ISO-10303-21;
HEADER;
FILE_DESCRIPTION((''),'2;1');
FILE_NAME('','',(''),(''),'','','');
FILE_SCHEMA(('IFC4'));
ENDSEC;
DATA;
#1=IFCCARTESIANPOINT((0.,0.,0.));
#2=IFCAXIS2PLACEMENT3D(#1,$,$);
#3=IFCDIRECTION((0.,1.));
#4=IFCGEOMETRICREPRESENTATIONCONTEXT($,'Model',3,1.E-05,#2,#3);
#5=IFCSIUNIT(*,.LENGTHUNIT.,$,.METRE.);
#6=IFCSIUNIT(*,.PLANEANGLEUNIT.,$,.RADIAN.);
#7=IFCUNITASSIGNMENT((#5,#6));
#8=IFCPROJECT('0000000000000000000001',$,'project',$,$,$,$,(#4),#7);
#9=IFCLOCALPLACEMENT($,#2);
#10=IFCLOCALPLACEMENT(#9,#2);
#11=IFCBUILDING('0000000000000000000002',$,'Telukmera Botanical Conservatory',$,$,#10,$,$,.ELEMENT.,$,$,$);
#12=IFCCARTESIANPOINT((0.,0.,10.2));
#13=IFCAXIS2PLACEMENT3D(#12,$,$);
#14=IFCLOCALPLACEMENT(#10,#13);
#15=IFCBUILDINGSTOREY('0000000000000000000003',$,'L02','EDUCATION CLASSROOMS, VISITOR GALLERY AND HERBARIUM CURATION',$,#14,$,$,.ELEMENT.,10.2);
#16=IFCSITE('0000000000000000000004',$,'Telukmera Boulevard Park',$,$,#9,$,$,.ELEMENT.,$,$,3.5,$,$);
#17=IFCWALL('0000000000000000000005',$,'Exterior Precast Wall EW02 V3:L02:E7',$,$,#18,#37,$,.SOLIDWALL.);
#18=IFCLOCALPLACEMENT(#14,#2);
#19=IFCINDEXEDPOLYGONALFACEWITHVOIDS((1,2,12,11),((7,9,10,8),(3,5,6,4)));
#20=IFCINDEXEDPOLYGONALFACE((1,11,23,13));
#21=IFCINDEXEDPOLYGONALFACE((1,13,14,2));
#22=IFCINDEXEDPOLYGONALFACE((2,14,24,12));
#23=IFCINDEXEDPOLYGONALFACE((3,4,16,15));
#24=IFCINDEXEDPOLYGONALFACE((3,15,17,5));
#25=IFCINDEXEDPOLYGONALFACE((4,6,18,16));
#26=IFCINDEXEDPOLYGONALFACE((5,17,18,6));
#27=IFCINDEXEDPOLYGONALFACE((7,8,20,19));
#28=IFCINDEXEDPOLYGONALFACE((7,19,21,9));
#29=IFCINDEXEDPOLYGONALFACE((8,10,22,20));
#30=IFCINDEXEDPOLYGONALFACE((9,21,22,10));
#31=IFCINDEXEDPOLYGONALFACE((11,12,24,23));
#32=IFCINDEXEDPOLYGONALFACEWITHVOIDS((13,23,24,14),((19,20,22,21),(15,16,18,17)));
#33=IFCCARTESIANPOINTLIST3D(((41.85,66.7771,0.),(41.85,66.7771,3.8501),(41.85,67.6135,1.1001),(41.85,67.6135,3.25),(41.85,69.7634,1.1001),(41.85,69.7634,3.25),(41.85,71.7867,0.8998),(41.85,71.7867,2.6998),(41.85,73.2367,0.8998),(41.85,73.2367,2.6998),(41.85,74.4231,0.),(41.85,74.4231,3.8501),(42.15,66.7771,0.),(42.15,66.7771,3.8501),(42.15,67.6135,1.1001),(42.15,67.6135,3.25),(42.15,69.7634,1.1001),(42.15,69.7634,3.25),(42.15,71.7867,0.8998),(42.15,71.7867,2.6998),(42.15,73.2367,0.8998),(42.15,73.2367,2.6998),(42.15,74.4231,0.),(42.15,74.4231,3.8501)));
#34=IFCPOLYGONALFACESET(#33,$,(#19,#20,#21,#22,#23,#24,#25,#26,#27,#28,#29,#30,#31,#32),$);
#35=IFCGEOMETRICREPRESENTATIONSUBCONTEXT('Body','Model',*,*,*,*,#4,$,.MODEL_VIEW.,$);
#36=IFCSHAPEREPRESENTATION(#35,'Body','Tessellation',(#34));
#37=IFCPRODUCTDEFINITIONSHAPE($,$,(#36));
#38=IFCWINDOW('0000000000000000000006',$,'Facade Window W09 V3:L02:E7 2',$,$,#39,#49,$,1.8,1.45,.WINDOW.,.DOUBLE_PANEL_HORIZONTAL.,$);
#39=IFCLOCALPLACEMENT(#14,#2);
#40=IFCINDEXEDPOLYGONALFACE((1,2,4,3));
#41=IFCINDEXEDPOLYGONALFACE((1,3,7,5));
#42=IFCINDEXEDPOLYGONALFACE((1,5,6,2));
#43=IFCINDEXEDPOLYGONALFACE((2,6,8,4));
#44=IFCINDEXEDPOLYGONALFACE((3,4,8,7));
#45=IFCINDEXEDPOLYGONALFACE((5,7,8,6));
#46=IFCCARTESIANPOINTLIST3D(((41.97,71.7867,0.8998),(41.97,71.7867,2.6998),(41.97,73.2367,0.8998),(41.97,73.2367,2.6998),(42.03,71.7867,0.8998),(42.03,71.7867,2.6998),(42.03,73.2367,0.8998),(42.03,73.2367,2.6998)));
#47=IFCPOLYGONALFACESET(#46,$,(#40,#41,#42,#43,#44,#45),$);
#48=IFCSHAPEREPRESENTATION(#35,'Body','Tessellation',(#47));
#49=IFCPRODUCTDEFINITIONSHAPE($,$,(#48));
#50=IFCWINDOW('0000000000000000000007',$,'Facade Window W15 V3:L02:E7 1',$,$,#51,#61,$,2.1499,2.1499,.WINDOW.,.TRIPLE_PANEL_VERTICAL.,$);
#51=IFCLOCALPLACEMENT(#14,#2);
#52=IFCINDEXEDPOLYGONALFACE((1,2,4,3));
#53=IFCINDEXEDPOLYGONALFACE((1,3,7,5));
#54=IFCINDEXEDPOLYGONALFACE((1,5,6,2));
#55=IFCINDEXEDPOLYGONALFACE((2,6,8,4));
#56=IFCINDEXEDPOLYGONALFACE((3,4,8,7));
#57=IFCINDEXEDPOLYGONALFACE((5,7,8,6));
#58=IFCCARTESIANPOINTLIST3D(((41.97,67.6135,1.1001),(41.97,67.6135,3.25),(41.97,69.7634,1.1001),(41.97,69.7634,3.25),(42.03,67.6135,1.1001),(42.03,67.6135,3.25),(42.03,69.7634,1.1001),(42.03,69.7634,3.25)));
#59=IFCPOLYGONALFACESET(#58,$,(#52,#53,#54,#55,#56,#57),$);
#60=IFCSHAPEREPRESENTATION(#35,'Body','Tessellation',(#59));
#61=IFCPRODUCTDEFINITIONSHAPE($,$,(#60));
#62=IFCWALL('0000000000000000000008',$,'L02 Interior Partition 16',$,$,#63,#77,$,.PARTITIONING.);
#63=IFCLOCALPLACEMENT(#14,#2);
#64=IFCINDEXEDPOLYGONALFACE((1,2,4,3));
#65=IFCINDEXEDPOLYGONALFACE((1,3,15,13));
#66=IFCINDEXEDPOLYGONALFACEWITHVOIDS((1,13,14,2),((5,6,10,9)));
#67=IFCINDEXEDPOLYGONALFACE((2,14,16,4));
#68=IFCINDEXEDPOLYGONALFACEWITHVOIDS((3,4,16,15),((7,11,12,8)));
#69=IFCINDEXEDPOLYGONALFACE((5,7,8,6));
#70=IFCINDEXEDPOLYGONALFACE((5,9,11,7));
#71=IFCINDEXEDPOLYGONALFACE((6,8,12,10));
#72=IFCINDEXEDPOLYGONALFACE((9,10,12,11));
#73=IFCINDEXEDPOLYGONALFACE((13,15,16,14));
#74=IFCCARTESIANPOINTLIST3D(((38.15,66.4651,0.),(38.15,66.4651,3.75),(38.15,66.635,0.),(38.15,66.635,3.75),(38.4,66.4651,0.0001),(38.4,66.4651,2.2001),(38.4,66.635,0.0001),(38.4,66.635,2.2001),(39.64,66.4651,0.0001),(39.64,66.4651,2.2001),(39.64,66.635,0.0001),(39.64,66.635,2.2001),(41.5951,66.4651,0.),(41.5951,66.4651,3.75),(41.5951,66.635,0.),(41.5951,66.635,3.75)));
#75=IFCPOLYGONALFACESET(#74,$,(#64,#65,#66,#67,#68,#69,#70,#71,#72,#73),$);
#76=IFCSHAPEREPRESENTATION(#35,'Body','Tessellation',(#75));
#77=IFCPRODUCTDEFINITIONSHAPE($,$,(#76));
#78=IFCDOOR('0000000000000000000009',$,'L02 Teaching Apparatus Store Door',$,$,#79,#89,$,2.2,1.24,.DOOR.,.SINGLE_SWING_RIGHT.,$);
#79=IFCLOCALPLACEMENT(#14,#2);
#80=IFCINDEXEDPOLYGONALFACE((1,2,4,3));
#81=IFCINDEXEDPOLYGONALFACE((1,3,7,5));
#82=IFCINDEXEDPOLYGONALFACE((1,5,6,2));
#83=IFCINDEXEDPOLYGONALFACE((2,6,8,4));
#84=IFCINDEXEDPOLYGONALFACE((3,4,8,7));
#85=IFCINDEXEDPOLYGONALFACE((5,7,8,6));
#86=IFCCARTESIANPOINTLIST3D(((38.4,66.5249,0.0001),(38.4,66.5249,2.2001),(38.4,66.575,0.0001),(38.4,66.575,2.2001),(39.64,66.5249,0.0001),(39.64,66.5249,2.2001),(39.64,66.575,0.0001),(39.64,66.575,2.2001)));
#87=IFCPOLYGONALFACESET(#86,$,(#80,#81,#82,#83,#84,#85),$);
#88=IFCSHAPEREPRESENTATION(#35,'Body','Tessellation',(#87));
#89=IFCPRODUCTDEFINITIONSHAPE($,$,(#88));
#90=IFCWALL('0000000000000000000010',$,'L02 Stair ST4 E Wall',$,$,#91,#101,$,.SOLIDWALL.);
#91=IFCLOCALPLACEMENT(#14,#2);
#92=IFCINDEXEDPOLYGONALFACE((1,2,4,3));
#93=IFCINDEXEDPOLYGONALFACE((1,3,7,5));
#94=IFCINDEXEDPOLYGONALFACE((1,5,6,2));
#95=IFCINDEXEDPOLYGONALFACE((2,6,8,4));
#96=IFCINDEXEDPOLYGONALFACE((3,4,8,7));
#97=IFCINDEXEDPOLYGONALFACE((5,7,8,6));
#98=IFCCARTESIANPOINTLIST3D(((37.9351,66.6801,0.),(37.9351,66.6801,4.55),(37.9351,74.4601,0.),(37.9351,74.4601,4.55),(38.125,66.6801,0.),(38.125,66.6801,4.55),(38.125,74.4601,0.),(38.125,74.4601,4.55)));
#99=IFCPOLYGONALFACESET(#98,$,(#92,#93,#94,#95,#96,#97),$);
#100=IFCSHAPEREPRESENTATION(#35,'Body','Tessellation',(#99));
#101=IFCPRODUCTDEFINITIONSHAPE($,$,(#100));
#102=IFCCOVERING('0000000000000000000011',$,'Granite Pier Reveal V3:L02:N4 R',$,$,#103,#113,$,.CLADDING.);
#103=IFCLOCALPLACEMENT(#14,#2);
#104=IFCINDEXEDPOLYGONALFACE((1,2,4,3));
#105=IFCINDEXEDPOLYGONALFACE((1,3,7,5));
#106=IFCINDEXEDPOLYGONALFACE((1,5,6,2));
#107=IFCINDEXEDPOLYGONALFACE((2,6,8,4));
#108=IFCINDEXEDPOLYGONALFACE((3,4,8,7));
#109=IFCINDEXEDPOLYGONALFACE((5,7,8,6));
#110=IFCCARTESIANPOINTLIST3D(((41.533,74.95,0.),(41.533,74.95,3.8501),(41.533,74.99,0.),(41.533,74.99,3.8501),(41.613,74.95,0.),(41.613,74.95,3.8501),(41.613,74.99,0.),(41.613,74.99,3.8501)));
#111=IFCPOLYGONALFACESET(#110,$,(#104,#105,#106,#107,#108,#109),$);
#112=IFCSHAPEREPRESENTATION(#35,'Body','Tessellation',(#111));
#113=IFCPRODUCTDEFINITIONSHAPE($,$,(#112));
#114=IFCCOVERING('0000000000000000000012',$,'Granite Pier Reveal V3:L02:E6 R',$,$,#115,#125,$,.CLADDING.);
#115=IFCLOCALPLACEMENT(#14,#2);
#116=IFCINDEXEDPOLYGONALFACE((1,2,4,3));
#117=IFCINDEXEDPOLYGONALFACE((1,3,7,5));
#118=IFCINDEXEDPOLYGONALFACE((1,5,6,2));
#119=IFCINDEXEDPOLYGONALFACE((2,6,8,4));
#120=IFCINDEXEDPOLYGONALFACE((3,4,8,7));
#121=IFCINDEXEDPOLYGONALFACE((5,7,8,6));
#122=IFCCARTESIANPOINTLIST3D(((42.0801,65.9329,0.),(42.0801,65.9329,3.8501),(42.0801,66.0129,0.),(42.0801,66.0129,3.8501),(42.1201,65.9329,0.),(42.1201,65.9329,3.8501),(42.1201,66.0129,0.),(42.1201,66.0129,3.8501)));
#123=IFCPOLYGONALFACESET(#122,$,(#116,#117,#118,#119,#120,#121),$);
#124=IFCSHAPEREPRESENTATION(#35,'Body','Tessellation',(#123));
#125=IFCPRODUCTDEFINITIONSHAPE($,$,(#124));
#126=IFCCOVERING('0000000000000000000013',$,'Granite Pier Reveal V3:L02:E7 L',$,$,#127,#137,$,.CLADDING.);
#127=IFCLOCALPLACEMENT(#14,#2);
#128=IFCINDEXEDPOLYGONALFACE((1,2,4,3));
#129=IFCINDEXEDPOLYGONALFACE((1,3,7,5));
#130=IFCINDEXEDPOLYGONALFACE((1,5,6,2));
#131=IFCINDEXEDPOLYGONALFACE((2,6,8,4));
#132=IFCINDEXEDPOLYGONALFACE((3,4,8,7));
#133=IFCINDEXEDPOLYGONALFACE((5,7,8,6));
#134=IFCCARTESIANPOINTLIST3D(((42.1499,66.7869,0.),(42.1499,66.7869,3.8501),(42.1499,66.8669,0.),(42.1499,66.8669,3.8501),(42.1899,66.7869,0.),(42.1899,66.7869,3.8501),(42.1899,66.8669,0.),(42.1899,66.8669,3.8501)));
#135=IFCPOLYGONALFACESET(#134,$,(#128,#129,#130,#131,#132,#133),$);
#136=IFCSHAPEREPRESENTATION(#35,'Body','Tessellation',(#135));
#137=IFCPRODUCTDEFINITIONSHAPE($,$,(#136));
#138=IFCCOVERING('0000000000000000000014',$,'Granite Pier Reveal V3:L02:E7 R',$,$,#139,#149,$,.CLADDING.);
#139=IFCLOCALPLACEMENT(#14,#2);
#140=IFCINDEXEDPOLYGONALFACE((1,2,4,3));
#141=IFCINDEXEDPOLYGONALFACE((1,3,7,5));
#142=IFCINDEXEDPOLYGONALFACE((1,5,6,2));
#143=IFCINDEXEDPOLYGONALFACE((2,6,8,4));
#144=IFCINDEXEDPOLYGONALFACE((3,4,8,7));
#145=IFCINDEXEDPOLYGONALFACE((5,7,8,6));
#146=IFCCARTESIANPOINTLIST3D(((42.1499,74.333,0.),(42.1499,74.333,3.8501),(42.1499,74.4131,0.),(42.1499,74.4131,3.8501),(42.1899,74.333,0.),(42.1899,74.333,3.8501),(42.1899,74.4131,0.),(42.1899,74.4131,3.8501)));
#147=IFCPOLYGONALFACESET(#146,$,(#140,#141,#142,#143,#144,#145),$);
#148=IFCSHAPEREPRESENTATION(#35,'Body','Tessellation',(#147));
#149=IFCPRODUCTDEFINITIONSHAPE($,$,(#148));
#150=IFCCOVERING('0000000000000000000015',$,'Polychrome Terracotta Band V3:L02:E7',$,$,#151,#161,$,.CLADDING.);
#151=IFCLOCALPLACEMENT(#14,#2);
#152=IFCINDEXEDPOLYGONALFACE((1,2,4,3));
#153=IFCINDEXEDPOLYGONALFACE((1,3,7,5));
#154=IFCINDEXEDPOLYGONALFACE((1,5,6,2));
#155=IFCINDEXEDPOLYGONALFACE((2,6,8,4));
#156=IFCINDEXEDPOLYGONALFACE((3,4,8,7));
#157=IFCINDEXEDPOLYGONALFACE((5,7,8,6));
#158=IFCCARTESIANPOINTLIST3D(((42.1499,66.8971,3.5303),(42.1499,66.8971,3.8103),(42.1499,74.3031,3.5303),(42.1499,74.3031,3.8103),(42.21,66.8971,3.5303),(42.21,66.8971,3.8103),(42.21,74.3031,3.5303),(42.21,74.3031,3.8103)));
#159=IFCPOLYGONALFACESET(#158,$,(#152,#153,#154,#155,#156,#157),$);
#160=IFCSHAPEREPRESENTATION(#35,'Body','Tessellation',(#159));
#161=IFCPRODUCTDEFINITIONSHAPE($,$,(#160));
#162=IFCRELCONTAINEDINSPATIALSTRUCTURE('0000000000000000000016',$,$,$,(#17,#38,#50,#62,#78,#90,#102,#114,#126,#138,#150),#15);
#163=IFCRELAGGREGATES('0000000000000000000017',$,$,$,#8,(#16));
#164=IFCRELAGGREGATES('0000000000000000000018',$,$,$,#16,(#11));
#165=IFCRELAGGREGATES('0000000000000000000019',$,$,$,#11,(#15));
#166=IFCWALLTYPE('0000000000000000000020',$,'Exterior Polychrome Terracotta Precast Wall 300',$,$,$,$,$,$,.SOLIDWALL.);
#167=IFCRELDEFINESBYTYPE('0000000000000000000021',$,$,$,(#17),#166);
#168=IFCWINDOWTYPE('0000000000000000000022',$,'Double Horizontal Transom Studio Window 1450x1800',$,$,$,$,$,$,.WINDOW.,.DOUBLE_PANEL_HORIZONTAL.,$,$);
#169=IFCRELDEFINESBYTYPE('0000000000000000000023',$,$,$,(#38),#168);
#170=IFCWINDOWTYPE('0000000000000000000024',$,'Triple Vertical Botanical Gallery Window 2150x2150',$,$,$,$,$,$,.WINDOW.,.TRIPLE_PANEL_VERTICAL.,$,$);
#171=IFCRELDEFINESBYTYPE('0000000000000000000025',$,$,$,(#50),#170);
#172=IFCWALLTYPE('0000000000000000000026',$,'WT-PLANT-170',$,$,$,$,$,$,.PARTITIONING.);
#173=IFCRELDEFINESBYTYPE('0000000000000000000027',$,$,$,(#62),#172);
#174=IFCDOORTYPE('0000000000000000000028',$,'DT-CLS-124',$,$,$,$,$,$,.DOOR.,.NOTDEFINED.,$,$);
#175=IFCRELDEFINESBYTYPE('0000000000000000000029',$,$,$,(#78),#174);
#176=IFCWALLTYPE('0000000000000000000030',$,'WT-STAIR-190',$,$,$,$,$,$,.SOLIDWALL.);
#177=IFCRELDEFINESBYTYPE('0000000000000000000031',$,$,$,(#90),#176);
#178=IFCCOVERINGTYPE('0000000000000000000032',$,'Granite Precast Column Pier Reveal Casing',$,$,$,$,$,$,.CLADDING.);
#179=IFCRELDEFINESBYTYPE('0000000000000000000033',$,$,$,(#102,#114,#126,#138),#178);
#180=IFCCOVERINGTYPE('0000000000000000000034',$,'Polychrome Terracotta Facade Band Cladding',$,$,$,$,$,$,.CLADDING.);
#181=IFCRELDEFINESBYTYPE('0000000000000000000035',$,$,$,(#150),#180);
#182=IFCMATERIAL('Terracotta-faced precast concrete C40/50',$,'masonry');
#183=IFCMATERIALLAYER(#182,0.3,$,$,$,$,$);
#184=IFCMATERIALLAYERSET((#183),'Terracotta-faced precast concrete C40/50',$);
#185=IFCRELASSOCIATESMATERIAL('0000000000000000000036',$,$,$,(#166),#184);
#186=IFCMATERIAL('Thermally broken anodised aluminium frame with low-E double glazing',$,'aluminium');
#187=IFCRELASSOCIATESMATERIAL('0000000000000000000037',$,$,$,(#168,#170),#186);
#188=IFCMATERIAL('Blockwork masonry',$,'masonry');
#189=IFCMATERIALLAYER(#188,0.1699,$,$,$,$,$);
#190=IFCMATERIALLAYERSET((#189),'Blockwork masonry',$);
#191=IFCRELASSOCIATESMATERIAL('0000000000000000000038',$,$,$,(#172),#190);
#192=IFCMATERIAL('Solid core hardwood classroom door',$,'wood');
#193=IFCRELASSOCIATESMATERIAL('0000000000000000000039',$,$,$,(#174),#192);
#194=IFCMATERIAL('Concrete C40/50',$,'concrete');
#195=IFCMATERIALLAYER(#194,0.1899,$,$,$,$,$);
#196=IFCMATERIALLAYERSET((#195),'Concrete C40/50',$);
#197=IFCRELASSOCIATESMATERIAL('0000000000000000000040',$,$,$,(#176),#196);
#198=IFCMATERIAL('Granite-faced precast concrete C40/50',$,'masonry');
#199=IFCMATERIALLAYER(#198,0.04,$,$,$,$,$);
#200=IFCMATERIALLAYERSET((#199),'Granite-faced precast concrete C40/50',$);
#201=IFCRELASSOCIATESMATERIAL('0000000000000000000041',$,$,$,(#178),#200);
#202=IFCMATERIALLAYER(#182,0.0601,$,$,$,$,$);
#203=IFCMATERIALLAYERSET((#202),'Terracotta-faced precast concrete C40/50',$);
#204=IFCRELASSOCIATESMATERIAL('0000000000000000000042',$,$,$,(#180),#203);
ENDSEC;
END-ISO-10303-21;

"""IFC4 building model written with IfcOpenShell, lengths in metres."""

from ifc_helpers import new_model, si_unit, direction, frame, frame_2d, origin, origin_2d, place, context, subcontext, project, spatial, rectangle, extrude, material, layer, layer_set, type_object, element, fill, save


model = new_model("IFC4")

# Units and contexts
model_context = context("Model", 3, precision=1e-05, world=origin(), true_north=direction((0.0, 1.0)))
body_context = subcontext(model_context, "Body", "Model", "MODEL_VIEW")
ifc_project = project(units=[si_unit("LENGTHUNIT", "METRE"), si_unit("PLANEANGLEUNIT", "RADIAN")], contexts=[model_context])

# Site, building, storey
site_placement = place(None, origin())
site = spatial("IfcSite", under=ifc_project, at=site_placement, Name="Telukmera Boulevard Park", CompositionType="ELEMENT", RefElevation=3.5)
building_placement = place(site_placement, origin())
building = spatial("IfcBuilding", under=site, at=building_placement, Name="Telukmera Botanical Conservatory", CompositionType="ELEMENT")
storey_placement = place(building_placement, frame((0.0, 0.0, 10.2)))
storey = spatial("IfcBuildingStorey", under=building, at=storey_placement, Name="L02", Description="EDUCATION CLASSROOMS, VISITOR GALLERY AND HERBARIUM CURATION", CompositionType="ELEMENT", Elevation=10.2)

# Shared definitions
ifc_material_1 = material(Name="Concrete C40/50", Category="concrete")

# Wall, openings, windows
ifc_material_2 = material(Name="Terracotta-faced precast concrete C40/50", Category="masonry")
ifc_layer_1 = layer(ifc_material_2, 0.3)
ifc_layer_set_1 = layer_set([ifc_layer_1], Name="Terracotta-faced precast concrete C40/50")
wall_type_1 = type_object("IfcWallType", Name="Exterior Polychrome Terracotta Precast Wall 300", PredefinedType="SOLIDWALL", material=ifc_layer_set_1)
wall_1_placement = place(storey_placement, frame((42.0, 66.7771, 0.0), z_axis=(0.0, 0.0, 1.0), x_axis=(0.0, 1.0, 0.0)))
wall_1 = element("IfcWall", 1, at=wall_1_placement, inside=storey, type_object=wall_type_1, Name="Exterior Precast Wall EW02 V3:L02:E7", PredefinedType="SOLIDWALL", context=body_context, shape_type="SweptSolid", body=[
    extrude(rectangle(XDim=7.646, YDim=0.3, at=frame_2d((3.823, 0.0))), origin(), (0.0, 0.0, 1.0), 3.8501),
])
opening_1_placement = place(wall_1_placement, frame((0.8364, 0.0, 1.1001)))
opening_1 = element("IfcOpeningElement", 2, at=opening_1_placement, cuts=wall_1, PredefinedType="OPENING", context=body_context, shape_type="SweptSolid", body=[
    extrude(rectangle(XDim=2.1499, YDim=2.1499, at=frame_2d((1.075, 1.075))), frame((0.0, 0.1599, 0.0), z_axis=(0.0, -1.0, 0.0), x_axis=(1.0, 0.0, 0.0)), (0.0, 0.0, 1.0), 0.3201),
])
opening_2_placement = place(wall_1_placement, frame((5.0095, 0.0, 0.8999)))
opening_2 = element("IfcOpeningElement", 3, at=opening_2_placement, cuts=wall_1, PredefinedType="OPENING", context=body_context, shape_type="SweptSolid", body=[
    extrude(rectangle(XDim=1.45, YDim=1.8, at=frame_2d((0.7251, 0.8999))), frame((0.0, 0.1599, 0.0), z_axis=(0.0, -1.0, 0.0), x_axis=(1.0, 0.0, 0.0)), (0.0, 0.0, 1.0), 0.3201),
])
ifc_material_3 = material(Name="Thermally broken anodised aluminium frame with low-E double glazing", Category="aluminium")
window_type_1 = type_object("IfcWindowType", Name="Double Horizontal Transom Studio Window 1450x1800", PartitioningType="DOUBLE_PANEL_HORIZONTAL", PredefinedType="WINDOW", material=ifc_material_3)
window_1_placement = place(opening_2_placement, origin())
window_1 = element("IfcWindow", 4, at=window_1_placement, inside=storey, type_object=window_type_1, Name="Facade Window W09 V3:L02:E7 2", OverallHeight=1.8, OverallWidth=1.45, PartitioningType="DOUBLE_PANEL_HORIZONTAL", PredefinedType="WINDOW", context=body_context, shape_type="SweptSolid", body=[
    extrude(rectangle(XDim=1.45, YDim=1.8, at=frame_2d((0.7251, 0.8999))), frame((0.0, 0.03, 0.0), z_axis=(0.0, -1.0, 0.0), x_axis=(1.0, 0.0, 0.0)), (0.0, 0.0, 1.0), 0.0601),
])
fill(opening_2, window_1)
window_type_2 = type_object("IfcWindowType", Name="Triple Vertical Botanical Gallery Window 2150x2150", PartitioningType="TRIPLE_PANEL_VERTICAL", PredefinedType="WINDOW", material=ifc_material_3)
window_2_placement = place(opening_1_placement, origin())
window_2 = element("IfcWindow", 5, at=window_2_placement, inside=storey, type_object=window_type_2, Name="Facade Window W15 V3:L02:E7 1", OverallHeight=2.1499, OverallWidth=2.1499, PartitioningType="TRIPLE_PANEL_VERTICAL", PredefinedType="WINDOW", context=body_context, shape_type="SweptSolid", body=[
    extrude(rectangle(XDim=2.1499, YDim=2.1499, at=frame_2d((1.075, 1.075))), frame((0.0, 0.03, 0.0), z_axis=(0.0, -1.0, 0.0), x_axis=(1.0, 0.0, 0.0)), (0.0, 0.0, 1.0), 0.0601),
])
fill(opening_1, window_2)

# Wall, opening, door
ifc_material_4 = material(Name="Blockwork masonry", Category="masonry")
ifc_layer_2 = layer(ifc_material_4, 0.1699)
ifc_layer_set_2 = layer_set([ifc_layer_2], Name="Blockwork masonry")
wall_type_2 = type_object("IfcWallType", Name="WT-PLANT-170", PredefinedType="PARTITIONING", material=ifc_layer_set_2)
wall_2_placement = place(storey_placement, frame((38.1499, 66.55, 0.0), z_axis=(0.0, 0.0, 1.0), x_axis=(1.0, 0.0, 0.0)))
wall_2 = element("IfcWall", 6, at=wall_2_placement, inside=storey, type_object=wall_type_2, Name="L02 Interior Partition 16", PredefinedType="PARTITIONING", context=body_context, shape_type="SweptSolid", body=[
    extrude(rectangle(XDim=3.4451, YDim=0.1699, at=frame_2d((1.7227, 0.0))), origin(), (0.0, 0.0, 1.0), 3.75),
])
opening_3_placement = place(wall_2_placement, frame((0.25, 0.0, 0.0)))
opening_3 = element("IfcOpeningElement", 7, at=opening_3_placement, cuts=wall_2, PredefinedType="OPENING", context=body_context, shape_type="SweptSolid", body=[
    extrude(rectangle(XDim=1.24, YDim=2.2, at=frame_2d((0.6201, 1.1001))), frame((0.0, 0.095, 0.0), z_axis=(0.0, -1.0, 0.0), x_axis=(1.0, 0.0, 0.0)), (0.0, 0.0, 1.0), 0.1899),
])
ifc_material_5 = material(Name="Solid core hardwood classroom door", Category="wood")
door_type = type_object("IfcDoorType", Name="DT-CLS-124", OperationType="NOTDEFINED", PredefinedType="DOOR", material=ifc_material_5)
door_placement = place(opening_3_placement, origin())
door = element("IfcDoor", 8, at=door_placement, inside=storey, type_object=door_type, Name="L02 Teaching Apparatus Store Door", OperationType="SINGLE_SWING_RIGHT", OverallHeight=2.2, OverallWidth=1.24, PredefinedType="DOOR", context=body_context, shape_type="SweptSolid", body=[
    extrude(rectangle(XDim=1.24, YDim=2.2, at=frame_2d((0.6201, 1.1001))), frame((0.0, 0.0249, 0.0), z_axis=(0.0, -1.0, 0.0), x_axis=(1.0, 0.0, 0.0)), (0.0, 0.0, 1.0), 0.05),
])
fill(opening_3, door)

# Wall
ifc_layer_3 = layer(ifc_material_1, 0.1899)
ifc_layer_set_3 = layer_set([ifc_layer_3], Name="Concrete C40/50")
wall_type_3 = type_object("IfcWallType", Name="WT-STAIR-190", PredefinedType="SOLIDWALL", material=ifc_layer_set_3)
wall_3_placement = place(storey_placement, frame((38.03, 66.6799, 0.0), z_axis=(0.0, 0.0, 1.0), x_axis=(0.0, 1.0, 0.0)))
element("IfcWall", 9, at=wall_3_placement, inside=storey, type_object=wall_type_3, Name="L02 Stair ST4 E Wall", PredefinedType="SOLIDWALL", context=body_context, shape_type="SweptSolid", body=[
    extrude(rectangle(XDim=7.78, YDim=0.1899, at=frame_2d((3.8901, 0.0))), origin(), (0.0, 0.0, 1.0), 4.55),
])

# Coverings
ifc_material_6 = material(Name="Granite-faced precast concrete C40/50", Category="masonry")
ifc_layer_4 = layer(ifc_material_6, 0.04)
ifc_layer_set_4 = layer_set([ifc_layer_4], Name="Granite-faced precast concrete C40/50")
covering_type_1 = type_object("IfcCoveringType", Name="Granite Precast Column Pier Reveal Casing", PredefinedType="CLADDING", material=ifc_layer_set_4)
for number, where, z_axis, x_axis, name in (
    (10, (41.573, 74.97, 0.0), (0.0, 0.0, 1.0), (1.0, 0.0, 0.0), "Granite Pier Reveal V3:L02:N4 R"),
    (11, (42.1001, 65.9729, 0.0), (0.0, 0.0, 1.0), (0.0, 1.0, 0.0), "Granite Pier Reveal V3:L02:E6 R"),
    (12, (42.1699, 66.8269, 0.0), (0.0, 0.0, 1.0), (0.0, 1.0, 0.0), "Granite Pier Reveal V3:L02:E7 L"),
    (13, (42.1699, 74.373, 0.0), (0.0, 0.0, 1.0), (0.0, 1.0, 0.0), "Granite Pier Reveal V3:L02:E7 R"),
):
    element("IfcCovering", number, at=place(storey_placement, frame(where, z_axis=z_axis, x_axis=x_axis)), inside=storey, type_object=covering_type_1, Name=name, PredefinedType="CLADDING", context=body_context, shape_type="SweptSolid", body=[
        extrude(rectangle(XDim=0.0801, YDim=0.04, at=origin_2d()), origin(), (0.0, 0.0, 1.0), 3.8501),
    ])
ifc_layer_5 = layer(ifc_material_2, 0.0601)
ifc_layer_set_5 = layer_set([ifc_layer_5], Name="Terracotta-faced precast concrete C40/50")
covering_type_2 = type_object("IfcCoveringType", Name="Polychrome Terracotta Facade Band Cladding", PredefinedType="CLADDING", material=ifc_layer_set_5)
covering_placement = place(storey_placement, frame((42.1799, 70.6001, 3.5303), z_axis=(0.0, 0.0, 1.0), x_axis=(0.0, 1.0, 0.0)))
element("IfcCovering", 14, at=covering_placement, inside=storey, type_object=covering_type_2, Name="Polychrome Terracotta Band V3:L02:E7", PredefinedType="CLADDING", context=body_context, shape_type="SweptSolid", body=[
    extrude(rectangle(XDim=7.406, YDim=0.0601, at=origin_2d()), origin(), (0.0, 0.0, 1.0), 0.28),
])

save(model, "model.ifc")
